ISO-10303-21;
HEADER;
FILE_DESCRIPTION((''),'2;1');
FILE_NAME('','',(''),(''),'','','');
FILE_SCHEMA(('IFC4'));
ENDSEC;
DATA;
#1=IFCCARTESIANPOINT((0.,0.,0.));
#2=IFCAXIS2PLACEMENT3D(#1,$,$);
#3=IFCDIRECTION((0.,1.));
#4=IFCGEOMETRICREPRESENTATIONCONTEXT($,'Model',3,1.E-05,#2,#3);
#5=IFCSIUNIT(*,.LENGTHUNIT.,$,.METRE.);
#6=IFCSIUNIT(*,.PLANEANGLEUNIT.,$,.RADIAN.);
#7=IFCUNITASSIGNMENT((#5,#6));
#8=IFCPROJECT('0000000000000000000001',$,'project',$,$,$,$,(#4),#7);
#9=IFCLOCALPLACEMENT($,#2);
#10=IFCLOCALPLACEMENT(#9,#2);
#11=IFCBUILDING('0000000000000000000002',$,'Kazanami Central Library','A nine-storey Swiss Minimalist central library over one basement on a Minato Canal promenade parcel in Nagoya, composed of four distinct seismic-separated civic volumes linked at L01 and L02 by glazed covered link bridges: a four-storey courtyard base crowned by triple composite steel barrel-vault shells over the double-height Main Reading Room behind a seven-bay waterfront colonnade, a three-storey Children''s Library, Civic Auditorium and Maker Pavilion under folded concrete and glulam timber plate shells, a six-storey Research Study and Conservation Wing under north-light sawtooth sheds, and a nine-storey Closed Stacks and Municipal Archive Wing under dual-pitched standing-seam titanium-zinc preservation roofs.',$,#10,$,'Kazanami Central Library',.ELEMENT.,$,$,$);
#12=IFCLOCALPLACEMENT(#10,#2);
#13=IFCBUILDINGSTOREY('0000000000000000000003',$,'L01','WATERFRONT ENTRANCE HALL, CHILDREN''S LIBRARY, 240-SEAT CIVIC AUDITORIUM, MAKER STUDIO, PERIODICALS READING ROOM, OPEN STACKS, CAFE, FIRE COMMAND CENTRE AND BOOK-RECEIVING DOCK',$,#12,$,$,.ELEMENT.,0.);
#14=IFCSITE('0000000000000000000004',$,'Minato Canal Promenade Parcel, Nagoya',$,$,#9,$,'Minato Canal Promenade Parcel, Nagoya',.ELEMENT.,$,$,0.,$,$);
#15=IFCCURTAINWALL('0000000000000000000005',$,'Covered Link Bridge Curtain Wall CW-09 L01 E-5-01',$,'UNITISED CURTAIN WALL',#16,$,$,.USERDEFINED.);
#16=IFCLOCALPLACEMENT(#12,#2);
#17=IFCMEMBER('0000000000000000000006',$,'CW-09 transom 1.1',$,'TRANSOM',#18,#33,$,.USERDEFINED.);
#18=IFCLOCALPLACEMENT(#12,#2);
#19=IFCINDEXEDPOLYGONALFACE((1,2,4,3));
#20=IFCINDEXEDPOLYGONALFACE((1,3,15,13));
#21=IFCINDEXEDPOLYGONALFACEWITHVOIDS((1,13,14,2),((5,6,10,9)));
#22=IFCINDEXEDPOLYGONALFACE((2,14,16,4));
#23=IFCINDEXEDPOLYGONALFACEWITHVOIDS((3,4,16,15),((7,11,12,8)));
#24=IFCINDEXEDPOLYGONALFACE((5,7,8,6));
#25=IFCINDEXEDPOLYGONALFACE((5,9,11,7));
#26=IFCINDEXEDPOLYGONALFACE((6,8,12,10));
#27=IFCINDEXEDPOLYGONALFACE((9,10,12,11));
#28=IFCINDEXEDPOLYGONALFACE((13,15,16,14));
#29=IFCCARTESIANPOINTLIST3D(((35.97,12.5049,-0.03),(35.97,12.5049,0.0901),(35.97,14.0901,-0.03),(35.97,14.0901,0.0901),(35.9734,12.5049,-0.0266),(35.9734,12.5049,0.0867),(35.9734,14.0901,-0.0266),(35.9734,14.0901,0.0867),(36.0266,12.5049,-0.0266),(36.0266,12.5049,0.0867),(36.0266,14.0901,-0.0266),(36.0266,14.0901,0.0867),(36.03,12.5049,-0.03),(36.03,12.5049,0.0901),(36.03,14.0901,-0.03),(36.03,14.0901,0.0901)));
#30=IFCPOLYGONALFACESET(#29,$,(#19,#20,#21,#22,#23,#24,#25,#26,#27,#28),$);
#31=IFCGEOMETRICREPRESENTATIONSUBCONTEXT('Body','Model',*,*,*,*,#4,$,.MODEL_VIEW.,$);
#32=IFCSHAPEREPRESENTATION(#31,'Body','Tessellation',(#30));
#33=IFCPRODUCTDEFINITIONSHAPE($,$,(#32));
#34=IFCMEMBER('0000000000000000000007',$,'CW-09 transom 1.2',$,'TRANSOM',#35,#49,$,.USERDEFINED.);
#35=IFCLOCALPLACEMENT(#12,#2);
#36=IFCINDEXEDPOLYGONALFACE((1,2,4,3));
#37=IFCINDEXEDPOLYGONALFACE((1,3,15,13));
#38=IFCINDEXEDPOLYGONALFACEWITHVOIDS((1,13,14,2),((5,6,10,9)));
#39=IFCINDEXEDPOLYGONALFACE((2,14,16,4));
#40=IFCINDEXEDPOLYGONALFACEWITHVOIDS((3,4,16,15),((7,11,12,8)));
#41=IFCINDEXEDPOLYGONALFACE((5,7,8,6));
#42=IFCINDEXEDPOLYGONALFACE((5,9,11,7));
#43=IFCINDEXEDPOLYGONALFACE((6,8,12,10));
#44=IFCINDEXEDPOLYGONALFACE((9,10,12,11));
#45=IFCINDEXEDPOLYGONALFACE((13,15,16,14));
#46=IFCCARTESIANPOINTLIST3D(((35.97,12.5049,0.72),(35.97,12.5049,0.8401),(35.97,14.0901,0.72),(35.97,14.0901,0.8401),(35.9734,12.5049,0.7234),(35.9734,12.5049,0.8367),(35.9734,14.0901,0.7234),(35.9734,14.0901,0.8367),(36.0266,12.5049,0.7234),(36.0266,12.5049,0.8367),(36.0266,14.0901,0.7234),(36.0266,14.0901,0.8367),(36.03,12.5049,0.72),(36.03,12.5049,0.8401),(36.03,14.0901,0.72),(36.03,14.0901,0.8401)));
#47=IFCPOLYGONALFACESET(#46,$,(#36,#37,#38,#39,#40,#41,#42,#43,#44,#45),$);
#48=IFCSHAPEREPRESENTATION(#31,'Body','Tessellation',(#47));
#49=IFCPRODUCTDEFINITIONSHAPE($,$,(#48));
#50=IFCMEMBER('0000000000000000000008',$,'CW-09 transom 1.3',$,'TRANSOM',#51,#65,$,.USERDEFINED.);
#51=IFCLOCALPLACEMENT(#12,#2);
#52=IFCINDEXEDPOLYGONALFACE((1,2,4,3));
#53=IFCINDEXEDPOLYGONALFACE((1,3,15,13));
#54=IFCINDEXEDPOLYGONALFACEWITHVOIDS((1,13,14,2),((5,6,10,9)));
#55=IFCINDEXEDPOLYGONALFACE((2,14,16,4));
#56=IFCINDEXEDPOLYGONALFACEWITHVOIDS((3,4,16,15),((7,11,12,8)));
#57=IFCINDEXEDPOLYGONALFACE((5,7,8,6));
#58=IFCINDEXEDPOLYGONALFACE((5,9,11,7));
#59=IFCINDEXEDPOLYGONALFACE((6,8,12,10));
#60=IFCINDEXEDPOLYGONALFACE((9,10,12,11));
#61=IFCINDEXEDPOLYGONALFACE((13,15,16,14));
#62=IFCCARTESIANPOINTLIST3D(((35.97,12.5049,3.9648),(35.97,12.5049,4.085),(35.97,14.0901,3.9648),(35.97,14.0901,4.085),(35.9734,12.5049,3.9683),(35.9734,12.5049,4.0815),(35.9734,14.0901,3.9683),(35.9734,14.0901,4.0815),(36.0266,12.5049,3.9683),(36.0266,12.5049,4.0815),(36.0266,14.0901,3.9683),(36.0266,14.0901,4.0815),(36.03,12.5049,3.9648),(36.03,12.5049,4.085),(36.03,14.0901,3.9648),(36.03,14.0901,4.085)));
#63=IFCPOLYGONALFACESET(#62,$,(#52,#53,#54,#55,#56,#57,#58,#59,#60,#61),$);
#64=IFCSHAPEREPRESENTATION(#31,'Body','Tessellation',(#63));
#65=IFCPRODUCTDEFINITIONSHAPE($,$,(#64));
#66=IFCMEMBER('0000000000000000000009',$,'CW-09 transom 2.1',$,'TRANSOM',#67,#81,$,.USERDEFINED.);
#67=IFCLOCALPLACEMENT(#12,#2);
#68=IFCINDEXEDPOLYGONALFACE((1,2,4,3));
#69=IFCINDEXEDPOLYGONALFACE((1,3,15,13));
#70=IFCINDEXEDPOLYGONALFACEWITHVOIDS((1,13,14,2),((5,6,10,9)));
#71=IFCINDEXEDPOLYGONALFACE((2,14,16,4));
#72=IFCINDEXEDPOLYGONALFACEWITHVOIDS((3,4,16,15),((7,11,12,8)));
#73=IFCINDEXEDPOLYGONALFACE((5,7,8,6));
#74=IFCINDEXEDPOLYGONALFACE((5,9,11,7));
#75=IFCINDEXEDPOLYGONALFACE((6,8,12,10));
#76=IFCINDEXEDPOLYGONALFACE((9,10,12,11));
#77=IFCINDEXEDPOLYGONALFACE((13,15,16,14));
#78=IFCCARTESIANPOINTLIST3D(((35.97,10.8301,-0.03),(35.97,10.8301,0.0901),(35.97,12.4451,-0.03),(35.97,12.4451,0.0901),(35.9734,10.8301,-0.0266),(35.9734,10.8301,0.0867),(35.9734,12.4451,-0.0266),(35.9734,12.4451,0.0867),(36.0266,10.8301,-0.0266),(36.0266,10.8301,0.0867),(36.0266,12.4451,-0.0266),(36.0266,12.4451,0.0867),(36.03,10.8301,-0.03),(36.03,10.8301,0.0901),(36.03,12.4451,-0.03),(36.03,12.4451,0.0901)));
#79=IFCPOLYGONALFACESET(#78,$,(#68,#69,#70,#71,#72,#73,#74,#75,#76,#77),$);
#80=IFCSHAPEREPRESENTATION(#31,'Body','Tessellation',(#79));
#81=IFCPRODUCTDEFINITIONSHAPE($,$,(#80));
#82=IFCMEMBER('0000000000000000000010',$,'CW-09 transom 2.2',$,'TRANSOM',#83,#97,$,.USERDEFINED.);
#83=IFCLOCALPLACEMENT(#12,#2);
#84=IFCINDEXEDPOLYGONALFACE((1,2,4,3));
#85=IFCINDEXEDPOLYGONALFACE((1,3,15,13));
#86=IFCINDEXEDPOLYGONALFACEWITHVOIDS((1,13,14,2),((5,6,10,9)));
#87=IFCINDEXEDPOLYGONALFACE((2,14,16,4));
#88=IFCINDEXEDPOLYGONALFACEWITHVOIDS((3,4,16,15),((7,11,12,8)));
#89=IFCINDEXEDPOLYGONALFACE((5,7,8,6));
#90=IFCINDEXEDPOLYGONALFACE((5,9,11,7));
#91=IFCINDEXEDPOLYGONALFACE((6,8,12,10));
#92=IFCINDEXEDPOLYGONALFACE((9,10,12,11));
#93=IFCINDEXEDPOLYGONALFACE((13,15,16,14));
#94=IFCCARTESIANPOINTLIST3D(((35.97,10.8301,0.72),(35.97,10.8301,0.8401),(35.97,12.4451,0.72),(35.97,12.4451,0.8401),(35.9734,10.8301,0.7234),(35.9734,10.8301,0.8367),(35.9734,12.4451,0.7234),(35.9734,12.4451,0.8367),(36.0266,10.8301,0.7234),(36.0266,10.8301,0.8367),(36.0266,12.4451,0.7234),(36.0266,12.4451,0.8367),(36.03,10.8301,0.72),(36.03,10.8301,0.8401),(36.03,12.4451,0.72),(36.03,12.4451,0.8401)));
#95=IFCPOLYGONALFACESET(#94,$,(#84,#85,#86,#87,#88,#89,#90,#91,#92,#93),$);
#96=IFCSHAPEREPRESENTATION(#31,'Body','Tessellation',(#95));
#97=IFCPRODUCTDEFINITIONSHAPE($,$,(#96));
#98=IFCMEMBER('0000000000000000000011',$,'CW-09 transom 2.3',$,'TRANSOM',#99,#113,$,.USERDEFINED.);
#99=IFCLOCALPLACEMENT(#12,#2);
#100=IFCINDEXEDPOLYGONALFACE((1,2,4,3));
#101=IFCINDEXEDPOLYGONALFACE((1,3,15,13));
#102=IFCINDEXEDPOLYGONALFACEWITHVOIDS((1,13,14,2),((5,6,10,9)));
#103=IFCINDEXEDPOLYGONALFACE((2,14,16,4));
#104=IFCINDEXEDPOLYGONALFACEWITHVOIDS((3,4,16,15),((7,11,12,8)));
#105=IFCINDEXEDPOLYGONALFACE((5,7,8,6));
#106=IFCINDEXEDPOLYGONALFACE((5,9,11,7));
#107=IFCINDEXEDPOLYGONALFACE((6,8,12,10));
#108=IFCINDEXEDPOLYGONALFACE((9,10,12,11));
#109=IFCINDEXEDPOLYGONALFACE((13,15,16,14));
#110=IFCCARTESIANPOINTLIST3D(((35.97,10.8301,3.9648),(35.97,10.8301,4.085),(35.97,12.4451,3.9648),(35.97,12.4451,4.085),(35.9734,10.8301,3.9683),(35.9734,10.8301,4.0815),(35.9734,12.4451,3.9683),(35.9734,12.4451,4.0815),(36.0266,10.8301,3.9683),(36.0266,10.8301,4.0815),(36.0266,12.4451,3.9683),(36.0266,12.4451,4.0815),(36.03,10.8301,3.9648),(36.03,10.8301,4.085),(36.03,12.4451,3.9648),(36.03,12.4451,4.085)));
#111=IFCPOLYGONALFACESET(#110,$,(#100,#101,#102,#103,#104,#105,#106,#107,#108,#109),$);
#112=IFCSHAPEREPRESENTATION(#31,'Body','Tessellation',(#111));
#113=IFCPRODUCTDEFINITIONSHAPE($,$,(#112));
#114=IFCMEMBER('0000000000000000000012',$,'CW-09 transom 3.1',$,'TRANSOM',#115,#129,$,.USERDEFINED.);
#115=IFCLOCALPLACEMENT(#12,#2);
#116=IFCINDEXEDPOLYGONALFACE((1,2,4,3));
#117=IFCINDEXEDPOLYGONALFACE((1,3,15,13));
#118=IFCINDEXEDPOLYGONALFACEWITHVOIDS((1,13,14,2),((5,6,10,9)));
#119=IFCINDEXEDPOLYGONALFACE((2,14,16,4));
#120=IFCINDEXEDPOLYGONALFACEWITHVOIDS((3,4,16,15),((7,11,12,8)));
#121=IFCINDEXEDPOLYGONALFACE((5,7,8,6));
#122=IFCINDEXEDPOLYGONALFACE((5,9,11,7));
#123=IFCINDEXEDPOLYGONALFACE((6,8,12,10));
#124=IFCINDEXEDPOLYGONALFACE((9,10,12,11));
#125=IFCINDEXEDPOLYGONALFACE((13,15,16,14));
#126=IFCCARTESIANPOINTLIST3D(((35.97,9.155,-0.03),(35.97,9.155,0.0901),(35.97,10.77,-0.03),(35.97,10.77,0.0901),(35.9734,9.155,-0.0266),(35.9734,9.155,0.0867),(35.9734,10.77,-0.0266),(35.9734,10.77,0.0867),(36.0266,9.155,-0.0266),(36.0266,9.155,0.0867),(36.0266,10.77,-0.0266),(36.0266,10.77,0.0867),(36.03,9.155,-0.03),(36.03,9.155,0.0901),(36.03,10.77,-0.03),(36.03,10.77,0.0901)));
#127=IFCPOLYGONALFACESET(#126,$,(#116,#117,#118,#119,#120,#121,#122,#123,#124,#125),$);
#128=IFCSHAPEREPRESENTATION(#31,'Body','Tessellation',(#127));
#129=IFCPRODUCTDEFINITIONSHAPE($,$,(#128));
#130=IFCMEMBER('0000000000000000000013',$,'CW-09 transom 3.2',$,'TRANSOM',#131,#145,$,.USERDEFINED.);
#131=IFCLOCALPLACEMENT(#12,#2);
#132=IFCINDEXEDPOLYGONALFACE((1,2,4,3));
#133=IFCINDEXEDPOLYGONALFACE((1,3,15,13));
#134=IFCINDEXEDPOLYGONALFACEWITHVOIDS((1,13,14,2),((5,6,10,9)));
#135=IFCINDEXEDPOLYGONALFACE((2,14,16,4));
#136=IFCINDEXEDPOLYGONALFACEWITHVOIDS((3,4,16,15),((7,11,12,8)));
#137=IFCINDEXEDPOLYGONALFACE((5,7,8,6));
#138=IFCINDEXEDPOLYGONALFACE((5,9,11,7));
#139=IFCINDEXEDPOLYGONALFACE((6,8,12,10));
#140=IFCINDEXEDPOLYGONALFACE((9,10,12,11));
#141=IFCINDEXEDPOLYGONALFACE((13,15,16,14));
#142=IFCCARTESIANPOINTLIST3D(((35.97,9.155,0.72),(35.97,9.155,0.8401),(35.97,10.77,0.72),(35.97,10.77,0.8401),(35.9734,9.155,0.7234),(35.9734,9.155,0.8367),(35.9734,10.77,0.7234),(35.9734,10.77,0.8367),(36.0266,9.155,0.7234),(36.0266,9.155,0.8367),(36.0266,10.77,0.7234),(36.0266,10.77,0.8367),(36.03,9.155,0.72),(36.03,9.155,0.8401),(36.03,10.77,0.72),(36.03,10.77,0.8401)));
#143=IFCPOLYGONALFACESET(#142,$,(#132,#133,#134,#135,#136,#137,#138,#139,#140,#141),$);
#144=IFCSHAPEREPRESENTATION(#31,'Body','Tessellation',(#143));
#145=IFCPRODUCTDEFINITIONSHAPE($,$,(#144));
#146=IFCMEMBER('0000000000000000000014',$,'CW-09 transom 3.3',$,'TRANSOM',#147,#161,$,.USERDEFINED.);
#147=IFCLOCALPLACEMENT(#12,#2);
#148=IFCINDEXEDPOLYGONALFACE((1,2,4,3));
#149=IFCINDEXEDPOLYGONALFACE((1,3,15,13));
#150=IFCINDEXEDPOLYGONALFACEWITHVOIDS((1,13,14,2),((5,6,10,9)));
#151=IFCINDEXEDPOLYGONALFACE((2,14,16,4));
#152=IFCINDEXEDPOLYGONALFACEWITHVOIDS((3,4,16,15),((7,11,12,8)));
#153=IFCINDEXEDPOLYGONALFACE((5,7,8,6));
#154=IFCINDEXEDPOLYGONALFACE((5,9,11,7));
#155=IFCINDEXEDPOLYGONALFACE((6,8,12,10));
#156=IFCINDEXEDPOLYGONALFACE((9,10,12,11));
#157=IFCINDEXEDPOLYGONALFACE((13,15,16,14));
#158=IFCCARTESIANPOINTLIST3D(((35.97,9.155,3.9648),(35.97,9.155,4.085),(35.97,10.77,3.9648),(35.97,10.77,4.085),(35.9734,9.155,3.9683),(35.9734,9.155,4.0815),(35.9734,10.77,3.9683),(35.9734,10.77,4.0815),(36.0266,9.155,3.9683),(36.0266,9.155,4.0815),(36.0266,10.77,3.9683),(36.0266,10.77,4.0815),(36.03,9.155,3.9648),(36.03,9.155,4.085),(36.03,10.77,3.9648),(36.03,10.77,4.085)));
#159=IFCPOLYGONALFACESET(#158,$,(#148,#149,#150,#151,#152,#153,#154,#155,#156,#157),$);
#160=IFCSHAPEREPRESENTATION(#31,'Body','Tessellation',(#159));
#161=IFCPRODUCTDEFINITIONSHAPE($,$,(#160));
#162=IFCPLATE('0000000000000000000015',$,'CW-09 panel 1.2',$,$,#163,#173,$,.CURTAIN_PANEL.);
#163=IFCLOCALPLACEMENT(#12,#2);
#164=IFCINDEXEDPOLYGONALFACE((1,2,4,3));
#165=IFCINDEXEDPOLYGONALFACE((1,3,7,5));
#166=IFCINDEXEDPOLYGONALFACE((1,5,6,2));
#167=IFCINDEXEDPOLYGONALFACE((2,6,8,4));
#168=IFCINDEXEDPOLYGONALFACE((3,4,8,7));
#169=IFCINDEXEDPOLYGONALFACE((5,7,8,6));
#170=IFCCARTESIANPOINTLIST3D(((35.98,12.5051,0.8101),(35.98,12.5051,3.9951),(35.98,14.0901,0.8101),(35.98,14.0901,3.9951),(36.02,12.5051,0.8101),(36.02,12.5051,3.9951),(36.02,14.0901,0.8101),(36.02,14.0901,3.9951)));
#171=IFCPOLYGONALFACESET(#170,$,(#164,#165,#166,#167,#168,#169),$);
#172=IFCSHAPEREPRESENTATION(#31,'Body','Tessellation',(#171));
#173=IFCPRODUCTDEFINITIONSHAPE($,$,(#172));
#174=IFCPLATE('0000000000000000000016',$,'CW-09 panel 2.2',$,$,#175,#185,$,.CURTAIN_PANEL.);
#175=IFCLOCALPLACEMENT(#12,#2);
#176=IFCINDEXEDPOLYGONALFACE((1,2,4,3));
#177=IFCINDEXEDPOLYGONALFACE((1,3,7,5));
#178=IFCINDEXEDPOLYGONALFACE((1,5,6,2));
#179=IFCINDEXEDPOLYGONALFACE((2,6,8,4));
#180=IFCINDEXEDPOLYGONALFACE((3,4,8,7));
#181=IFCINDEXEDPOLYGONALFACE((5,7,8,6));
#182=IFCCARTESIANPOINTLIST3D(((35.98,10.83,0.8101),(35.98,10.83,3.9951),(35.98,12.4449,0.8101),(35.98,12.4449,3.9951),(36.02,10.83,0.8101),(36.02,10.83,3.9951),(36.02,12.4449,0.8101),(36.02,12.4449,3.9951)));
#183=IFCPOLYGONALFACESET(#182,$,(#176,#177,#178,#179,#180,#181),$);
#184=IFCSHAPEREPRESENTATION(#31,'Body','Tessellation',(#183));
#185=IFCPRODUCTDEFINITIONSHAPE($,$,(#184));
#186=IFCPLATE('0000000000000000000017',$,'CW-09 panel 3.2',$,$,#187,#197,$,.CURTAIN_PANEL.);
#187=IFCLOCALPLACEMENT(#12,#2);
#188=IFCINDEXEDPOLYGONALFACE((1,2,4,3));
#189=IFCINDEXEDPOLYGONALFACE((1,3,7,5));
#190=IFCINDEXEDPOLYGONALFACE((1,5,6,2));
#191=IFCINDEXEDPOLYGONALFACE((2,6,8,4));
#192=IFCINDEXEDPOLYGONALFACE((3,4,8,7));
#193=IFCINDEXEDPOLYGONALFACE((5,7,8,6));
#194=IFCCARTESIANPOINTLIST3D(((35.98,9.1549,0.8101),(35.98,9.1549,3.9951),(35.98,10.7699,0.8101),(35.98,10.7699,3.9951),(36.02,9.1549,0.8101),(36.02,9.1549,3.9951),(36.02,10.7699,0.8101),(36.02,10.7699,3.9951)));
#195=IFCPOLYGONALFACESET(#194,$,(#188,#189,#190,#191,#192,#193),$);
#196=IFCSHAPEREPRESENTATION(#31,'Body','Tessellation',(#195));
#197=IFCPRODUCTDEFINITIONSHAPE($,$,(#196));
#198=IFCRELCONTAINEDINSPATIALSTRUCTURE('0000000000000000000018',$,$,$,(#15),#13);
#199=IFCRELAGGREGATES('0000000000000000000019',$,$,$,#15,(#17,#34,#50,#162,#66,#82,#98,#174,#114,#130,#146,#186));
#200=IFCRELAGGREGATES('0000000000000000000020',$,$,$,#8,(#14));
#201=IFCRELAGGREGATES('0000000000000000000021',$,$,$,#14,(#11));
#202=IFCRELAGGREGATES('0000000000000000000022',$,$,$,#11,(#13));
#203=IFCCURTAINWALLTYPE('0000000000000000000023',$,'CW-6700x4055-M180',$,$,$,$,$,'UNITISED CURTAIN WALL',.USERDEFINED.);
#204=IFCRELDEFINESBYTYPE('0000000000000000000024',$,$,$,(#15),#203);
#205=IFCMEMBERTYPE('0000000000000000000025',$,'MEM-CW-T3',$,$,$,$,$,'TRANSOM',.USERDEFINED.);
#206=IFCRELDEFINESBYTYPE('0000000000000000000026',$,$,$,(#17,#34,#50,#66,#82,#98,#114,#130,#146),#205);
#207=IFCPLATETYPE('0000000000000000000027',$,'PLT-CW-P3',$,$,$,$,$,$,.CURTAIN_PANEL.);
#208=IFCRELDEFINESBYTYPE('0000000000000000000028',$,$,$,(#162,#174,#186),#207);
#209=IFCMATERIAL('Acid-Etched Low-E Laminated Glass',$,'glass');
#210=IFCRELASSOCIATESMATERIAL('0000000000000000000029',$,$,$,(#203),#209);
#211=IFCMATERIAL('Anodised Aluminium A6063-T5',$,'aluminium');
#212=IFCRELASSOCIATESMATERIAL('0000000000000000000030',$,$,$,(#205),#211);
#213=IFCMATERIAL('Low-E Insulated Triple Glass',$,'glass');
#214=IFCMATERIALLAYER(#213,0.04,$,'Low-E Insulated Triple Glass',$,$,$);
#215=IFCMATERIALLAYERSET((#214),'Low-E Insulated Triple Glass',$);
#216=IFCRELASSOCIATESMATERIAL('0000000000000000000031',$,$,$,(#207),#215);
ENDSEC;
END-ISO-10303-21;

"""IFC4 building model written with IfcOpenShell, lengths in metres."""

from ifc_helpers import new_model, si_unit, direction, frame, origin, origin_2d, place, context, subcontext, project, spatial, rectangle, hollow_rectangle, extrude, material, layer, layer_set, material_profile, profile_set, type_object, element, aggregate, save


model = new_model("IFC4")

# Units and contexts
model_context = context("Model", 3, precision=1e-05, world=origin(), true_north=direction((0.0, 1.0)))
body_context = subcontext(model_context, "Body", "Model", "MODEL_VIEW")
ifc_project = project(units=[si_unit("LENGTHUNIT", "METRE"), si_unit("PLANEANGLEUNIT", "RADIAN")], contexts=[model_context])

# Site, building, storey
site_placement = place(None, origin())
site = spatial("IfcSite", under=ifc_project, at=site_placement, Name="Minato Canal Promenade Parcel, Nagoya", LongName="Minato Canal Promenade Parcel, Nagoya", CompositionType="ELEMENT", RefElevation=0.0)
building_placement = place(site_placement, origin())
building = spatial("IfcBuilding", under=site, at=building_placement, Name="Kazanami Central Library", Description="A nine-storey Swiss Minimalist central library over one basement on a Minato Canal promenade parcel in Nagoya, composed of four distinct seismic-separated civic volumes linked at L01 and L02 by glazed covered link bridges: a four-storey courtyard base crowned by triple composite steel barrel-vault shells over the double-height Main Reading Room behind a seven-bay waterfront colonnade, a three-storey Children's Library, Civic Auditorium and Maker Pavilion under folded concrete and glulam timber plate shells, a six-storey Research Study and Conservation Wing under north-light sawtooth sheds, and a nine-storey Closed Stacks and Municipal Archive Wing under dual-pitched standing-seam titanium-zinc preservation roofs.", LongName="Kazanami Central Library", CompositionType="ELEMENT")
storey_placement = place(building_placement, origin())
storey = spatial("IfcBuildingStorey", under=building, at=storey_placement, Name="L01", Description="WATERFRONT ENTRANCE HALL, CHILDREN'S LIBRARY, 240-SEAT CIVIC AUDITORIUM, MAKER STUDIO, PERIODICALS READING ROOM, OPEN STACKS, CAFE, FIRE COMMAND CENTRE AND BOOK-RECEIVING DOCK", CompositionType="ELEMENT", Elevation=0.0)

# Curtain wall
ifc_material_1 = material(Name="Acid-Etched Low-E Laminated Glass", Category="glass")
curtain_wall_type = type_object("IfcCurtainWallType", Name="CW-6700x4055-M180", ElementType="UNITISED CURTAIN WALL", PredefinedType="USERDEFINED", material=ifc_material_1)
curtain_wall_1_placement = place(storey_placement, origin())
curtain_wall_1 = element("IfcCurtainWall", 1, at=curtain_wall_1_placement, inside=storey, type_object=curtain_wall_type, Name="Covered Link Bridge Curtain Wall CW-09 L01 E-5-01", ObjectType="UNITISED CURTAIN WALL", PredefinedType="USERDEFINED")
ifc_material_2 = material(Name="Anodised Aluminium A6063-T5", Category="aluminium")

# Members
ifc_material_profile_1 = material_profile(ifc_material_2, hollow_rectangle(XDim=0.0601, YDim=0.1201, WallThickness=0.0034, at=origin_2d()), Name="ALU-TRAN-60x120x3.5")
ifc_profile_set_1 = profile_set([ifc_material_profile_1], Name="Anodised Aluminium A6063-T5")
member_type_1 = type_object("IfcMemberType", Name="MEM-CW-T3", ElementType="TRANSOM", PredefinedType="USERDEFINED", material=ifc_profile_set_1)
member_1_placement = place(storey_placement, frame((36.0, 14.0901, 0.03), z_axis=(0.0, -1.0, 0.0), x_axis=(1.0, 0.0, 0.0)))
member_1 = element("IfcMember", 2, at=member_1_placement, type_object=member_type_1, Name="CW-09 transom 1.1", ObjectType="TRANSOM", PredefinedType="USERDEFINED", context=body_context, shape_type="SweptSolid", body=[
    extrude(hollow_rectangle(XDim=0.0601, YDim=0.1201, WallThickness=0.0034, at=origin_2d()), origin(), (0.0, 0.0, 1.0), 1.5852),
])
member_2_placement = place(storey_placement, frame((36.0, 14.0901, 0.78), z_axis=(0.0, -1.0, 0.0), x_axis=(1.0, 0.0, 0.0)))
member_2 = element("IfcMember", 3, at=member_2_placement, type_object=member_type_1, Name="CW-09 transom 1.2", ObjectType="TRANSOM", PredefinedType="USERDEFINED", context=body_context, shape_type="SweptSolid", body=[
    extrude(hollow_rectangle(XDim=0.0601, YDim=0.1201, WallThickness=0.0034, at=origin_2d()), origin(), (0.0, 0.0, 1.0), 1.5852),
])
member_3_placement = place(storey_placement, frame((36.0, 14.0901, 4.0249), z_axis=(0.0, -1.0, 0.0), x_axis=(1.0, 0.0, 0.0)))
member_3 = element("IfcMember", 4, at=member_3_placement, type_object=member_type_1, Name="CW-09 transom 1.3", ObjectType="TRANSOM", PredefinedType="USERDEFINED", context=body_context, shape_type="SweptSolid", body=[
    extrude(hollow_rectangle(XDim=0.0601, YDim=0.1201, WallThickness=0.0034, at=origin_2d()), origin(), (0.0, 0.0, 1.0), 1.5852),
])
member_4_placement = place(storey_placement, frame((36.0, 12.4451, 0.03), z_axis=(0.0, -1.0, 0.0), x_axis=(1.0, 0.0, 0.0)))
member_4 = element("IfcMember", 5, at=member_4_placement, type_object=member_type_1, Name="CW-09 transom 2.1", ObjectType="TRANSOM", PredefinedType="USERDEFINED", context=body_context, shape_type="SweptSolid", body=[
    extrude(hollow_rectangle(XDim=0.0601, YDim=0.1201, WallThickness=0.0034, at=origin_2d()), origin(), (0.0, 0.0, 1.0), 1.615),
])
member_5_placement = place(storey_placement, frame((36.0, 12.4451, 0.78), z_axis=(0.0, -1.0, 0.0), x_axis=(1.0, 0.0, 0.0)))
member_5 = element("IfcMember", 6, at=member_5_placement, type_object=member_type_1, Name="CW-09 transom 2.2", ObjectType="TRANSOM", PredefinedType="USERDEFINED", context=body_context, shape_type="SweptSolid", body=[
    extrude(hollow_rectangle(XDim=0.0601, YDim=0.1201, WallThickness=0.0034, at=origin_2d()), origin(), (0.0, 0.0, 1.0), 1.615),
])
member_6_placement = place(storey_placement, frame((36.0, 12.4451, 4.0249), z_axis=(0.0, -1.0, 0.0), x_axis=(1.0, 0.0, 0.0)))
member_6 = element("IfcMember", 7, at=member_6_placement, type_object=member_type_1, Name="CW-09 transom 2.3", ObjectType="TRANSOM", PredefinedType="USERDEFINED", context=body_context, shape_type="SweptSolid", body=[
    extrude(hollow_rectangle(XDim=0.0601, YDim=0.1201, WallThickness=0.0034, at=origin_2d()), origin(), (0.0, 0.0, 1.0), 1.615),
])
member_7_placement = place(storey_placement, frame((36.0, 10.77, 0.03), z_axis=(0.0, -1.0, 0.0), x_axis=(1.0, 0.0, 0.0)))
member_7 = element("IfcMember", 8, at=member_7_placement, type_object=member_type_1, Name="CW-09 transom 3.1", ObjectType="TRANSOM", PredefinedType="USERDEFINED", context=body_context, shape_type="SweptSolid", body=[
    extrude(hollow_rectangle(XDim=0.0601, YDim=0.1201, WallThickness=0.0034, at=origin_2d()), origin(), (0.0, 0.0, 1.0), 1.615),
])
member_8_placement = place(storey_placement, frame((36.0, 10.77, 0.78), z_axis=(0.0, -1.0, 0.0), x_axis=(1.0, 0.0, 0.0)))
member_8 = element("IfcMember", 9, at=member_8_placement, type_object=member_type_1, Name="CW-09 transom 3.2", ObjectType="TRANSOM", PredefinedType="USERDEFINED", context=body_context, shape_type="SweptSolid", body=[
    extrude(hollow_rectangle(XDim=0.0601, YDim=0.1201, WallThickness=0.0034, at=origin_2d()), origin(), (0.0, 0.0, 1.0), 1.615),
])
member_9_placement = place(storey_placement, frame((36.0, 10.77, 4.0249), z_axis=(0.0, -1.0, 0.0), x_axis=(1.0, 0.0, 0.0)))
member_9 = element("IfcMember", 10, at=member_9_placement, type_object=member_type_1, Name="CW-09 transom 3.3", ObjectType="TRANSOM", PredefinedType="USERDEFINED", context=body_context, shape_type="SweptSolid", body=[
    extrude(hollow_rectangle(XDim=0.0601, YDim=0.1201, WallThickness=0.0034, at=origin_2d()), origin(), (0.0, 0.0, 1.0), 1.615),
])

# Plates
ifc_material_3 = material(Name="Low-E Insulated Triple Glass", Category="glass")
ifc_layer_1 = layer(ifc_material_3, 0.04, Name="Low-E Insulated Triple Glass")
ifc_layer_set_1 = layer_set([ifc_layer_1], Name="Low-E Insulated Triple Glass")
plate_type_1 = type_object("IfcPlateType", Name="PLT-CW-P3", PredefinedType="CURTAIN_PANEL", material=ifc_layer_set_1)
plate_1_placement = place(storey_placement, frame((36.0, 13.2976, 0.8101), z_axis=(0.0, 0.0, 1.0), x_axis=(0.0, -1.0, 0.0)))
plate_1 = element("IfcPlate", 11, at=plate_1_placement, type_object=plate_type_1, Name="CW-09 panel 1.2", PredefinedType="CURTAIN_PANEL", context=body_context, shape_type="SweptSolid", body=[
    extrude(rectangle(XDim=1.585, YDim=0.04, at=origin_2d()), origin(), (0.0, 0.0, 1.0), 3.1851),
])
plate_2_placement = place(storey_placement, frame((36.0, 11.6375, 0.8101), z_axis=(0.0, 0.0, 1.0), x_axis=(0.0, -1.0, 0.0)))
plate_2 = element("IfcPlate", 12, at=plate_2_placement, type_object=plate_type_1, Name="CW-09 panel 2.2", PredefinedType="CURTAIN_PANEL", context=body_context, shape_type="SweptSolid", body=[
    extrude(rectangle(XDim=1.615, YDim=0.04, at=origin_2d()), origin(), (0.0, 0.0, 1.0), 3.1851),
])
plate_3_placement = place(storey_placement, frame((36.0, 9.9624, 0.8101), z_axis=(0.0, 0.0, 1.0), x_axis=(0.0, -1.0, 0.0)))
plate_3 = element("IfcPlate", 13, at=plate_3_placement, type_object=plate_type_1, Name="CW-09 panel 3.2", PredefinedType="CURTAIN_PANEL", context=body_context, shape_type="SweptSolid", body=[
    extrude(rectangle(XDim=1.615, YDim=0.04, at=origin_2d()), origin(), (0.0, 0.0, 1.0), 3.1851),
])
aggregate(curtain_wall_1, [member_1, member_2, member_3, plate_1, member_4, member_5, member_6, plate_2, member_7, member_8, member_9, plate_3])

save(model, "model.ifc")
